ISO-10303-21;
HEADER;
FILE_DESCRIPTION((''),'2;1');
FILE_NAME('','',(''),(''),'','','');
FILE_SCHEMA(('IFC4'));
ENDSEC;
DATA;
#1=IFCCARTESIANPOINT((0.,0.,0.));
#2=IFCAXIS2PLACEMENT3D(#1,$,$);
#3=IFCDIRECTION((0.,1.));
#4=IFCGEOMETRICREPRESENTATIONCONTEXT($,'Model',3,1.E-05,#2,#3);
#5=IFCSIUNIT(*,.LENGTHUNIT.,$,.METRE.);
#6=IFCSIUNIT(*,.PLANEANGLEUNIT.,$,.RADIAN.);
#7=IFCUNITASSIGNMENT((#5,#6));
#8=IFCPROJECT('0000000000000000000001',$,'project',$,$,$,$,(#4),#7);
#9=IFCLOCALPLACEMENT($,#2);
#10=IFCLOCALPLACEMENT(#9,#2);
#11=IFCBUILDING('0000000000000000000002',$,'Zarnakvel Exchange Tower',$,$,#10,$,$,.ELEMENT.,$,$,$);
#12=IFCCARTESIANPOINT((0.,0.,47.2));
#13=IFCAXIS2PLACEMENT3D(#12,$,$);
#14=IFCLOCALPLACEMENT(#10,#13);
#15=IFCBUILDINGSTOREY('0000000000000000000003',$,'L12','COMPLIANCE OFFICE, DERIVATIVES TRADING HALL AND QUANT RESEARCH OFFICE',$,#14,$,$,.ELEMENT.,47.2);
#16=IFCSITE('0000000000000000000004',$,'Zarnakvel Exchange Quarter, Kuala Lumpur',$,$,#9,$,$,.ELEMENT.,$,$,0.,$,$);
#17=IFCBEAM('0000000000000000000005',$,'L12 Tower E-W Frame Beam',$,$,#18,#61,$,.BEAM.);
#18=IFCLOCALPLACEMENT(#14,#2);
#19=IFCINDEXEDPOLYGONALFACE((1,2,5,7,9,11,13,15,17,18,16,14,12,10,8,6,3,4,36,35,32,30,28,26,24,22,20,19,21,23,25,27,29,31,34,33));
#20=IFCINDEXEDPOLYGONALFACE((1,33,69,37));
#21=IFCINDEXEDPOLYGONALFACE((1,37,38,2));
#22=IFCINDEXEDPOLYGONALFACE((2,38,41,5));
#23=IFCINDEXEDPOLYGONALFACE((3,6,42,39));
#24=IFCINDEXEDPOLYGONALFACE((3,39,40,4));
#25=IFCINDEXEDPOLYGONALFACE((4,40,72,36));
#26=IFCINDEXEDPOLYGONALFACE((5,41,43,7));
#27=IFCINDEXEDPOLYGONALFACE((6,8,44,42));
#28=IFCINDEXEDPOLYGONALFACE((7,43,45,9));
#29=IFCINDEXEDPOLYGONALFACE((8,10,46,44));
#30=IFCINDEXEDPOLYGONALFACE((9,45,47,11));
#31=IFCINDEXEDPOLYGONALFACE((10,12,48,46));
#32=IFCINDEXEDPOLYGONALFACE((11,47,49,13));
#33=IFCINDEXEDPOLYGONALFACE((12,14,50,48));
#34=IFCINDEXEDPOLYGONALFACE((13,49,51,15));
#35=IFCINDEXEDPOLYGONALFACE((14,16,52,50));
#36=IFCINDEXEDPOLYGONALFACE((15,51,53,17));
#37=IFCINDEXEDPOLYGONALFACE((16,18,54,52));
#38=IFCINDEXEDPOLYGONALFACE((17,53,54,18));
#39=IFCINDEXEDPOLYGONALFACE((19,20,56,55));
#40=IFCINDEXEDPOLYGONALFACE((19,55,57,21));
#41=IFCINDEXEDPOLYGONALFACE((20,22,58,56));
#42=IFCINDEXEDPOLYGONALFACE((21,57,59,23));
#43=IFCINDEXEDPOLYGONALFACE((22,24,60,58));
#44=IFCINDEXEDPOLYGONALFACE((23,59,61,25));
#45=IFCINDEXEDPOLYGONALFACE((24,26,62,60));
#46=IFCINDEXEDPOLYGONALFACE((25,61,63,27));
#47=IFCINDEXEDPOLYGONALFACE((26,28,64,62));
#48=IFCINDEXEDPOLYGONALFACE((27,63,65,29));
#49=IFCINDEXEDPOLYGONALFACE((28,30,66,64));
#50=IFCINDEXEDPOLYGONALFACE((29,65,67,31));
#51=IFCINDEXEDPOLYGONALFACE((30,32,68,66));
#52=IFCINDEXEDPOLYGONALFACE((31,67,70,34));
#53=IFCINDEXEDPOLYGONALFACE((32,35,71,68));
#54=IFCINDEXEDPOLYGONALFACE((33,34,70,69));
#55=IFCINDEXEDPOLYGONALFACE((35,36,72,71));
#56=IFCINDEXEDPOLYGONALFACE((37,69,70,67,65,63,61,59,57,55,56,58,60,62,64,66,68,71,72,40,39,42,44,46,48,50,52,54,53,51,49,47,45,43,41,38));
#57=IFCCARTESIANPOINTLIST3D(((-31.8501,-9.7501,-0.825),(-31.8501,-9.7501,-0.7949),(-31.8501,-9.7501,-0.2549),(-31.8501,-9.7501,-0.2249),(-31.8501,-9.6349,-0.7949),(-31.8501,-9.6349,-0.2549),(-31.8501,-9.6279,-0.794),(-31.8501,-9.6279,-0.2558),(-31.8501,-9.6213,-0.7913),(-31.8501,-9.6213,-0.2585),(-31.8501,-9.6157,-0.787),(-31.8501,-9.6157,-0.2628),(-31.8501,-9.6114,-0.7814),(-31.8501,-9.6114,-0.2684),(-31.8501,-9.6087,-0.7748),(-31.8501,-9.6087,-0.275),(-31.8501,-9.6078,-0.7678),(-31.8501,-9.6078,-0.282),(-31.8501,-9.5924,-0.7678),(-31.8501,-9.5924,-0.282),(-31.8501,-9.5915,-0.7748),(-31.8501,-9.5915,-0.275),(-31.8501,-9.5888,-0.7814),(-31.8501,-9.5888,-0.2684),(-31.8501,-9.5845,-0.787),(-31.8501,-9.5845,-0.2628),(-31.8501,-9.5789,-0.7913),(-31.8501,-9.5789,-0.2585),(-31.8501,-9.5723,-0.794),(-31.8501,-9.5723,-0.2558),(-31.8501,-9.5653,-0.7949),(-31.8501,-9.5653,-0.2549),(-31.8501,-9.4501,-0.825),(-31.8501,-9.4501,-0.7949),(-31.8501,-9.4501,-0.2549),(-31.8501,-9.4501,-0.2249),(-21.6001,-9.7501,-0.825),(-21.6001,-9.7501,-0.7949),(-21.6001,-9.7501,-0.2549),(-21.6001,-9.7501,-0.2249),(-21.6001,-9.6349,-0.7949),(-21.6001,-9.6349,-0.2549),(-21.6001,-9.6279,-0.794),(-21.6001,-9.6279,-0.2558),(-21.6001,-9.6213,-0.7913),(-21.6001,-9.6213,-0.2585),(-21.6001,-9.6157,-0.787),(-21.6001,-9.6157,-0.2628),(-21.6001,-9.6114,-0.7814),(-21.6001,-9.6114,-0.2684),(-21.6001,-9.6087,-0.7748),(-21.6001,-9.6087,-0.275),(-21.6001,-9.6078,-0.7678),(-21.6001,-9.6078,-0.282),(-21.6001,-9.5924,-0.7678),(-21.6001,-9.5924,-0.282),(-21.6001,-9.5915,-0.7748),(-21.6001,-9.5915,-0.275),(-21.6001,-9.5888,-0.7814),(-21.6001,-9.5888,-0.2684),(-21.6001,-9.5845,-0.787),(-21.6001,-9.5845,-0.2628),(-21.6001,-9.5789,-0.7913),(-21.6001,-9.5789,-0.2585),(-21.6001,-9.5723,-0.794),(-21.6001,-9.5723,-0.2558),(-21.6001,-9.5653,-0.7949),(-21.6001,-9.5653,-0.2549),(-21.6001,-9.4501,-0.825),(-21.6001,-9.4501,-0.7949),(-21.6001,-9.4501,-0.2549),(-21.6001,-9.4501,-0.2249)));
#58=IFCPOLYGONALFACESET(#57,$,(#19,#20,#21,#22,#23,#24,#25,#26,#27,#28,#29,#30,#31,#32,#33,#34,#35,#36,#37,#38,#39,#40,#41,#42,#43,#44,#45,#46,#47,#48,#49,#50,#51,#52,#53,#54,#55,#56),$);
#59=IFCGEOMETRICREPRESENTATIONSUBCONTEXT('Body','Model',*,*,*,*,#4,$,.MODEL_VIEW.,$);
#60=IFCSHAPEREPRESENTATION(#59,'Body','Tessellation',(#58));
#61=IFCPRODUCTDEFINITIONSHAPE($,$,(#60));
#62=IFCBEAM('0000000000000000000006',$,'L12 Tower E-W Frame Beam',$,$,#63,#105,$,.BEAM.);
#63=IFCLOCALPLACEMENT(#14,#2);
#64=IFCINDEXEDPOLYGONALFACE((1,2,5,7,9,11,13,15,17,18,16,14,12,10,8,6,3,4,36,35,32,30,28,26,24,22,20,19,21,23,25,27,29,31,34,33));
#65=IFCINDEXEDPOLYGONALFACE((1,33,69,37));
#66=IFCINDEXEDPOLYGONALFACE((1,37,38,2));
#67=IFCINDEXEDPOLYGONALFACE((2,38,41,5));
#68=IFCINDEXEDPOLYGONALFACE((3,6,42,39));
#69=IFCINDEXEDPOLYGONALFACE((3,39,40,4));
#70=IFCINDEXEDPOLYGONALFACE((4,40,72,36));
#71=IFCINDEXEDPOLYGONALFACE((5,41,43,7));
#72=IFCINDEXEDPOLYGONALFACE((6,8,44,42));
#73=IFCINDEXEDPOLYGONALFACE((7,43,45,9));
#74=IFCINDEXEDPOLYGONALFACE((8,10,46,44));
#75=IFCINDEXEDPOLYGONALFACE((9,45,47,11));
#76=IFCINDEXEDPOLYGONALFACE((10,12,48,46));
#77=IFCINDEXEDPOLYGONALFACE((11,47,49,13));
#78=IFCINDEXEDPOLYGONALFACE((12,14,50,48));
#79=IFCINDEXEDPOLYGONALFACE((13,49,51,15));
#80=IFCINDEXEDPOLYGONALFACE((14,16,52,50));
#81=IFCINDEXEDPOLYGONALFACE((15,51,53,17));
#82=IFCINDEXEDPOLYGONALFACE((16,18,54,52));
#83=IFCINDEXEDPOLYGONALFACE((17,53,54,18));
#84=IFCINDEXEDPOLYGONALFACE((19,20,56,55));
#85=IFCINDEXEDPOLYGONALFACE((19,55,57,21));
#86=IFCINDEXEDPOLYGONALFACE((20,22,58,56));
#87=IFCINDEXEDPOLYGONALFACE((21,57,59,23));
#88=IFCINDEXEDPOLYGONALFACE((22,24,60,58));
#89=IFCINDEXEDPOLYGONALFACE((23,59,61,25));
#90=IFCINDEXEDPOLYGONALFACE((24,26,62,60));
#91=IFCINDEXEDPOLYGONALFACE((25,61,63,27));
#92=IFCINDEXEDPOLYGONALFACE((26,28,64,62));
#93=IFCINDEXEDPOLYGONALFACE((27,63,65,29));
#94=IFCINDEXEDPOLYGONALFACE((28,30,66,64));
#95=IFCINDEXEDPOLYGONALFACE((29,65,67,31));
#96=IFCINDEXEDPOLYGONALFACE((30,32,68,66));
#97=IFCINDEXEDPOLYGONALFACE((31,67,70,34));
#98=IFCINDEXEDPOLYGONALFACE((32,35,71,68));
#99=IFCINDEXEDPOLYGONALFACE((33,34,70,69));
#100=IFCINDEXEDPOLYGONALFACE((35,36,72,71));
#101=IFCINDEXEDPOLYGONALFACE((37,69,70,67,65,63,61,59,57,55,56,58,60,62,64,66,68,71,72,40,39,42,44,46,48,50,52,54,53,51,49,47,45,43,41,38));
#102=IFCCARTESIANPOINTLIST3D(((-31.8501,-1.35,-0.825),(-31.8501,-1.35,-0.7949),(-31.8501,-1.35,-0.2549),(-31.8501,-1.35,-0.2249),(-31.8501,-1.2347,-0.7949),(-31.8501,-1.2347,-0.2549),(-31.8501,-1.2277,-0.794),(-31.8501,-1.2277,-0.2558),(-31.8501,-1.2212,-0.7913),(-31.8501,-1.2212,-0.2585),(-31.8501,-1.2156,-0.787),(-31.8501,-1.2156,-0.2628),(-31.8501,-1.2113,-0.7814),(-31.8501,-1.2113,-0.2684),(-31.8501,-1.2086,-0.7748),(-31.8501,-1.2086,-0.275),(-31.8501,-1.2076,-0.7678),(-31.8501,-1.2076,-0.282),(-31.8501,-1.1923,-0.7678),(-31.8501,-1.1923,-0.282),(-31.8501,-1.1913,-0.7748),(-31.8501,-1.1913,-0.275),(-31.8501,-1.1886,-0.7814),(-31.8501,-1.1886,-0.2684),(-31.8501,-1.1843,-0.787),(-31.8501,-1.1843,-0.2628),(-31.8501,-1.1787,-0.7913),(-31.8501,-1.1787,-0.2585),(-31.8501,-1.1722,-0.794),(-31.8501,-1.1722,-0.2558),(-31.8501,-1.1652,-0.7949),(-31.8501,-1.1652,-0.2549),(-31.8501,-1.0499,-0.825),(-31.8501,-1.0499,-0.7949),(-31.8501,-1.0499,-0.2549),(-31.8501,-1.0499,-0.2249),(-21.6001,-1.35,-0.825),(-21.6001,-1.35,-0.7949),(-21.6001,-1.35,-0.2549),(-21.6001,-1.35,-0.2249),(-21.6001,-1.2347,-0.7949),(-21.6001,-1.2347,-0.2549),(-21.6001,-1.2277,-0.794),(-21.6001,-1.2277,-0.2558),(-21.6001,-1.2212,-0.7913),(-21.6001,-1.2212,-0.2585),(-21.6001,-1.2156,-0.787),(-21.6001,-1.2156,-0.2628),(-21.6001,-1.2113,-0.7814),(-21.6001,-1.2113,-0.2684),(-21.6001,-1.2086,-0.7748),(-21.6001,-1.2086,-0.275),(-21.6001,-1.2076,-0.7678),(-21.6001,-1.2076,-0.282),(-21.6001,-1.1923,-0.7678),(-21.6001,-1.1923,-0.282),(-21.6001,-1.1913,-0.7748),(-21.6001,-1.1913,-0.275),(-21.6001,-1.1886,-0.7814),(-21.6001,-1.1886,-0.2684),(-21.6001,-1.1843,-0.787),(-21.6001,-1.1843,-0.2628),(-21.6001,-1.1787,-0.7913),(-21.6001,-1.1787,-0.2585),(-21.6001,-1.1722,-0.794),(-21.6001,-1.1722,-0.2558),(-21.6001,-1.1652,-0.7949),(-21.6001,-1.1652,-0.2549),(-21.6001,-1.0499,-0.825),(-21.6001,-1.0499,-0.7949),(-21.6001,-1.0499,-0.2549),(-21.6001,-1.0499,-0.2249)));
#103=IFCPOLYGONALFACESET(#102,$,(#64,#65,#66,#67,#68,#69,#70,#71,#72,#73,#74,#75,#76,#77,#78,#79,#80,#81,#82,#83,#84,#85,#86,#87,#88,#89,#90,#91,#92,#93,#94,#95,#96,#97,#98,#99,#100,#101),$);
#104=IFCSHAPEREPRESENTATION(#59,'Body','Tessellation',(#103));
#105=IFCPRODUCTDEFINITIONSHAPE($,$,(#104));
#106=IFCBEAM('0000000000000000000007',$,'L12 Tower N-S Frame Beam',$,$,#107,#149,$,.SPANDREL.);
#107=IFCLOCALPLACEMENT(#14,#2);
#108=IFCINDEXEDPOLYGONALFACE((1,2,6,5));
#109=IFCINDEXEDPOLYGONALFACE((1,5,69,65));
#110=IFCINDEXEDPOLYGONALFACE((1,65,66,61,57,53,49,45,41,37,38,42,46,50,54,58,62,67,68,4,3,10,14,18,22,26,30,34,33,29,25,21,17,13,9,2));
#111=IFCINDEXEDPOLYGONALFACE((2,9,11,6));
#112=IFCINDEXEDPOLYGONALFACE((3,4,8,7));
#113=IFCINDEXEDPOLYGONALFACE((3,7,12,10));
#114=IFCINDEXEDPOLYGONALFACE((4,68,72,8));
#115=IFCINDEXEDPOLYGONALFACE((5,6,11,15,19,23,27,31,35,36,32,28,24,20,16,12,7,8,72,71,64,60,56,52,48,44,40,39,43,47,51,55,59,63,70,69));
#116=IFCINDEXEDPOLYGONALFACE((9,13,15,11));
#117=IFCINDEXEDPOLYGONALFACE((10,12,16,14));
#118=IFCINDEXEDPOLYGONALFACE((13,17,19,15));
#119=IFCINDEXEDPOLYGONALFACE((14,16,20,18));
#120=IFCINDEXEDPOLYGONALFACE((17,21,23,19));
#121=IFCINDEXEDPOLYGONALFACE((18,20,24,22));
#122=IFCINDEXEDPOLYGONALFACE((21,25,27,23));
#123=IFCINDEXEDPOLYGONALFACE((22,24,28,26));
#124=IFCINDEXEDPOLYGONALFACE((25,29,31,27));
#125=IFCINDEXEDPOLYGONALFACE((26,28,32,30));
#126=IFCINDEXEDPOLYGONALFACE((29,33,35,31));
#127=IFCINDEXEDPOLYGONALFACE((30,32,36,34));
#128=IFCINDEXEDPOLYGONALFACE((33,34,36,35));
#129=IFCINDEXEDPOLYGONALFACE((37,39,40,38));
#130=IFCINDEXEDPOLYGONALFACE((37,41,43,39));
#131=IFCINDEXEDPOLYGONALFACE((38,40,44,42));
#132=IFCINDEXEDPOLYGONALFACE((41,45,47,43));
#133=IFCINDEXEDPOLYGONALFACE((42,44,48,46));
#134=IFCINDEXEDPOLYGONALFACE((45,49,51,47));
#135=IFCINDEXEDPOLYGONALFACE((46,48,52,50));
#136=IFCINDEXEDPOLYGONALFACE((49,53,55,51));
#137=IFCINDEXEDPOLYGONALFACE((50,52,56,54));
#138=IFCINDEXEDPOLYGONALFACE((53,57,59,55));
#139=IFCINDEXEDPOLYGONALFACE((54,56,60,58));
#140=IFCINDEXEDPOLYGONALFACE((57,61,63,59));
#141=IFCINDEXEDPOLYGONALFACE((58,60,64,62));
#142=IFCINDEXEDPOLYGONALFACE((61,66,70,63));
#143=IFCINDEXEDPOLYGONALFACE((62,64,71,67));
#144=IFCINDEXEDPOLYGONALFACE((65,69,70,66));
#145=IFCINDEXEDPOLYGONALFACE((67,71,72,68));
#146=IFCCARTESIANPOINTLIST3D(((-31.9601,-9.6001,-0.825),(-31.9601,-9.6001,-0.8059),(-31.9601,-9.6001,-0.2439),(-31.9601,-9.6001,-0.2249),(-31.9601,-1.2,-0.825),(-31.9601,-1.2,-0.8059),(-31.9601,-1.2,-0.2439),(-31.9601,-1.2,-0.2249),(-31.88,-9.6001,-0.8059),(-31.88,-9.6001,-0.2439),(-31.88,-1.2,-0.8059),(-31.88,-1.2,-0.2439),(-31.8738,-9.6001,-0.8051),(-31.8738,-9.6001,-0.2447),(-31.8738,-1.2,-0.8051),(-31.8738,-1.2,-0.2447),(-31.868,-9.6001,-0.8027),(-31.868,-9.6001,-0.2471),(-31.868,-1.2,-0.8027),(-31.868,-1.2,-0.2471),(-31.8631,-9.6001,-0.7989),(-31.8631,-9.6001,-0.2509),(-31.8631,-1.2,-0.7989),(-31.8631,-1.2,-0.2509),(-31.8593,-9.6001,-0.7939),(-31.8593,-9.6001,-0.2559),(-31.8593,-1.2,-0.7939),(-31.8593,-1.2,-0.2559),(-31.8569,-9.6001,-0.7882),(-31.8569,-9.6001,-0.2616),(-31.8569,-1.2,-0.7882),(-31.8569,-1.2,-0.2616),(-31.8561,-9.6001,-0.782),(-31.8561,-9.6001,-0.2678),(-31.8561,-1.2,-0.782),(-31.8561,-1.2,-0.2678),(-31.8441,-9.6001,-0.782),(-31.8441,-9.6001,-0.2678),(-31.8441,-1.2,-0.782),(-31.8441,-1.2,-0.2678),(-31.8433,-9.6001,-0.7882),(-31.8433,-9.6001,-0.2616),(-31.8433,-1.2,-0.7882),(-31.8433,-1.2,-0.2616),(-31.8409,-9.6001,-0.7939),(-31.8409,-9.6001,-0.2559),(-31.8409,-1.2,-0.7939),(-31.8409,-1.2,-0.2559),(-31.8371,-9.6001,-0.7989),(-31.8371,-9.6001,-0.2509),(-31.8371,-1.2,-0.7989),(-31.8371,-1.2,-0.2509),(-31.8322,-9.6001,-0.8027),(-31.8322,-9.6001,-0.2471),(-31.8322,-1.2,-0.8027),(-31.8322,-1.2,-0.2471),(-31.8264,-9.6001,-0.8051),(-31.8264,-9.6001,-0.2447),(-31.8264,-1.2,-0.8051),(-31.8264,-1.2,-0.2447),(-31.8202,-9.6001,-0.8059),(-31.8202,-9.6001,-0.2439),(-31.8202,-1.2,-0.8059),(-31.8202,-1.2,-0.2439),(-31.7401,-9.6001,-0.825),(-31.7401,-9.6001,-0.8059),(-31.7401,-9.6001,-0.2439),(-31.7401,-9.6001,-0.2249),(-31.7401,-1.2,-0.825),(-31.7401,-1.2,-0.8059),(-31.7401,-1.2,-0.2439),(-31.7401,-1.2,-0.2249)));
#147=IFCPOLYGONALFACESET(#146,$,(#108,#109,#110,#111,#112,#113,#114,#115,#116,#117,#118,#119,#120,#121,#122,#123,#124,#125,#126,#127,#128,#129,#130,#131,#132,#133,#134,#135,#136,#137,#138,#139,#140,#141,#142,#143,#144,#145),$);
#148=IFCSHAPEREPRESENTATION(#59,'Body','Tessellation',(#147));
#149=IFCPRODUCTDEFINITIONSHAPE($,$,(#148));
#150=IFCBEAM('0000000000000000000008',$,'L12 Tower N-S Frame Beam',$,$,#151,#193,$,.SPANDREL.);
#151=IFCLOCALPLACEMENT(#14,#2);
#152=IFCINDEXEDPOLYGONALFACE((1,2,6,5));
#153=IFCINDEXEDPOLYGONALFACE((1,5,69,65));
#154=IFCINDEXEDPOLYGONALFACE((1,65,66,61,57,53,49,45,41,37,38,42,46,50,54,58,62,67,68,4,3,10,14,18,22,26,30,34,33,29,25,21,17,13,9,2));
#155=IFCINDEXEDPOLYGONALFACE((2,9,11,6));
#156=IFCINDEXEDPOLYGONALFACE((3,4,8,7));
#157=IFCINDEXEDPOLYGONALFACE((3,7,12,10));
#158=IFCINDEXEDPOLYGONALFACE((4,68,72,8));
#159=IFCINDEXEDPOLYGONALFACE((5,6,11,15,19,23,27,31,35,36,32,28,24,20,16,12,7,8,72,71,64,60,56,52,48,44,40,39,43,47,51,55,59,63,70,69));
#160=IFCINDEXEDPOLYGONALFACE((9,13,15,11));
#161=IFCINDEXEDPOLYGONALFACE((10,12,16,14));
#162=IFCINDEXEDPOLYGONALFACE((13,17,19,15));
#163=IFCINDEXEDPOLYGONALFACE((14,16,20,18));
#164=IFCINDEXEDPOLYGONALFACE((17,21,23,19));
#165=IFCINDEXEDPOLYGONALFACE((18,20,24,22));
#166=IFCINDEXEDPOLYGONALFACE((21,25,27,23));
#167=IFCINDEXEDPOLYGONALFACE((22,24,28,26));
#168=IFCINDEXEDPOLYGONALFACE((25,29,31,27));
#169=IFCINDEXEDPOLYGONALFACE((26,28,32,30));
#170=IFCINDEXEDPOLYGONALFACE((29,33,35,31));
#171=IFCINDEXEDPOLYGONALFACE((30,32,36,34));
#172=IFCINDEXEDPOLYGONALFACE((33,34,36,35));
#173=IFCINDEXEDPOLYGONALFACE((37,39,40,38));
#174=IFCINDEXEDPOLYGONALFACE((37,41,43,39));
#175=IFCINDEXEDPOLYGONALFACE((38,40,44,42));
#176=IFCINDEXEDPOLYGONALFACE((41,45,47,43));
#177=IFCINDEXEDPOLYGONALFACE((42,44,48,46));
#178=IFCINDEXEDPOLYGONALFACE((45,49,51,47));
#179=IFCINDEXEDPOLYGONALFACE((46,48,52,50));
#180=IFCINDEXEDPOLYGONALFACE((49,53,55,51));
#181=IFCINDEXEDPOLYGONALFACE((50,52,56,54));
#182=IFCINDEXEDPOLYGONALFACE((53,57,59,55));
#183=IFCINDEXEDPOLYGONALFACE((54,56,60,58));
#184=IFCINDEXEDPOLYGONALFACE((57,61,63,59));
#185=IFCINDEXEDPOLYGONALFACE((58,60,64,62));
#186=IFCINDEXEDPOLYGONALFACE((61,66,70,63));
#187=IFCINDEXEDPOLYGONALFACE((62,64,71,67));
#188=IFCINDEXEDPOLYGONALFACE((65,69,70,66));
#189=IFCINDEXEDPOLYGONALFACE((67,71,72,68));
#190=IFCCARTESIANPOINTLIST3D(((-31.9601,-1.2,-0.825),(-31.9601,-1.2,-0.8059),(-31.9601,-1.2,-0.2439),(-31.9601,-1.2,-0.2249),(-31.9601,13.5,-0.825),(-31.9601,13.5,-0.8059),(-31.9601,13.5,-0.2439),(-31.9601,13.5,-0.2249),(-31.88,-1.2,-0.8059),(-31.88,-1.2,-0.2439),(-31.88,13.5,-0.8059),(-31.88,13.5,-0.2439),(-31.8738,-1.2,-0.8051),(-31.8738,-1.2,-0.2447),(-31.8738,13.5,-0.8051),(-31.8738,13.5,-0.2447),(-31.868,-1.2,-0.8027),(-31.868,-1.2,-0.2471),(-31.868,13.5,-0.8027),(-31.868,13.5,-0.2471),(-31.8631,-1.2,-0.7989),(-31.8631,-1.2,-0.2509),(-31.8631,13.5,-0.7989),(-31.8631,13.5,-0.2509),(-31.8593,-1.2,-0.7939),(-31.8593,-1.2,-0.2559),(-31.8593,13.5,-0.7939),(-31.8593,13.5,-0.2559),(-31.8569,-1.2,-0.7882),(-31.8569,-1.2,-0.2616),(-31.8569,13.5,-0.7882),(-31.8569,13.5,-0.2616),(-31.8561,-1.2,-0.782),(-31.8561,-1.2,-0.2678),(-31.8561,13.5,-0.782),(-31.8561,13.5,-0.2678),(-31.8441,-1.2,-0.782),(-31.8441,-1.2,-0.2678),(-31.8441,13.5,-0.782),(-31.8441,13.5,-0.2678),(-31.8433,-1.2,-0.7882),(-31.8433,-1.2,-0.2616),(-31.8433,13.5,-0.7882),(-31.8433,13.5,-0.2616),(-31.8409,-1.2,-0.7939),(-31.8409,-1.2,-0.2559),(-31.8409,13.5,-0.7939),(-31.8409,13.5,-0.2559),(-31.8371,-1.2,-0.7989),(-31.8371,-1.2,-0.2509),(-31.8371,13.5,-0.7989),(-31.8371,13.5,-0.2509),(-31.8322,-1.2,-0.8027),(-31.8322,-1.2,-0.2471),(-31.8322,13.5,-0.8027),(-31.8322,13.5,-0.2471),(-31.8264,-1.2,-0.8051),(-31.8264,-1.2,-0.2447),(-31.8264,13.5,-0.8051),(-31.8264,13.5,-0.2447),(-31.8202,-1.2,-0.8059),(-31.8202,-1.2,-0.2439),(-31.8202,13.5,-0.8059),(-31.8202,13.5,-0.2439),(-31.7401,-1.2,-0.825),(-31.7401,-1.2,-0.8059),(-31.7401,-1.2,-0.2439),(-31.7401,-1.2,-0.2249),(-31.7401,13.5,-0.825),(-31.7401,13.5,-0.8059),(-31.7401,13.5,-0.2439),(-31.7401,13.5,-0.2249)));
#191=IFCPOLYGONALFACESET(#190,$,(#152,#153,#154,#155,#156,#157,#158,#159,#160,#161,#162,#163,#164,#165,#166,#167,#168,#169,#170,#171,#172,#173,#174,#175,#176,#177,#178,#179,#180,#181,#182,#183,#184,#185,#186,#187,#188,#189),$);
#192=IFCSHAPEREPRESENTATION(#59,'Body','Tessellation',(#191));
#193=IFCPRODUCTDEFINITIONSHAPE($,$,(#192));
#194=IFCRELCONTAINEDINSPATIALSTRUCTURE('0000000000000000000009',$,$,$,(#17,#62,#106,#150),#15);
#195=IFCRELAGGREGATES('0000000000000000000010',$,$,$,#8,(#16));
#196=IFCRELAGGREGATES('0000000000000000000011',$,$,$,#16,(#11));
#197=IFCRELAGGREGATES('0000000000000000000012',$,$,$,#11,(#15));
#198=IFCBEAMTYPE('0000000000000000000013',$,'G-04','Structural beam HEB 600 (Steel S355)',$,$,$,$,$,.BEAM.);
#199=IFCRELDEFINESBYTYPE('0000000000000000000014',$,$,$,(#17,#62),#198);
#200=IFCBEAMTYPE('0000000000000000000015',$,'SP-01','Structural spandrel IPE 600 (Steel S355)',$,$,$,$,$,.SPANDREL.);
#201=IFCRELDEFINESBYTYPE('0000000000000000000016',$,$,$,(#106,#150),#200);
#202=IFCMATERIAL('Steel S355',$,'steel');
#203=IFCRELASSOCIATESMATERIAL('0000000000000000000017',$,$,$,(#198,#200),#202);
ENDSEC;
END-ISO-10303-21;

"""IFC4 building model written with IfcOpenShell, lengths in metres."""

from ifc_helpers import new_model, si_unit, direction, frame, origin, origin_2d, place, context, subcontext, project, spatial, i_section, extrude, material, material_profile, profile_set, type_object, element, save


model = new_model("IFC4")

# Units and contexts
model_context = context("Model", 3, precision=1e-05, world=origin(), true_north=direction((0.0, 1.0)))
body_context = subcontext(model_context, "Body", "Model", "MODEL_VIEW")
ifc_project = project(units=[si_unit("LENGTHUNIT", "METRE"), si_unit("PLANEANGLEUNIT", "RADIAN")], contexts=[model_context])

# Site, building, storey
site_placement = place(None, origin())
site = spatial("IfcSite", under=ifc_project, at=site_placement, Name="Zarnakvel Exchange Quarter, Kuala Lumpur", CompositionType="ELEMENT", RefElevation=0.0)
building_placement = place(site_placement, origin())
building = spatial("IfcBuilding", under=site, at=building_placement, Name="Zarnakvel Exchange Tower", CompositionType="ELEMENT")
storey_placement = place(building_placement, frame((0.0, 0.0, 47.2)))
storey = spatial("IfcBuildingStorey", under=building, at=storey_placement, Name="L12", Description="COMPLIANCE OFFICE, DERIVATIVES TRADING HALL AND QUANT RESEARCH OFFICE", CompositionType="ELEMENT", Elevation=47.2)

# Shared definitions
ifc_material_1 = material(Name="Steel S355", Category="steel")

# Beams
ifc_material_profile_1 = material_profile(ifc_material_1, i_section(OverallWidth=0.3, OverallDepth=0.6001, WebThickness=0.0154, FlangeThickness=0.03, FilletRadius=0.0271, at=origin_2d()))
ifc_profile_set_1 = profile_set([ifc_material_profile_1], Name="Steel S355")
beam_type_1 = type_object("IfcBeamType", Name="G-04", Description="Structural beam HEB 600 (Steel S355)", PredefinedType="BEAM", material=ifc_profile_set_1)
for number, where, z_axis, x_axis, name in (
    (1, (-31.8501, -9.6001, -0.5249), (1.0, 0.0, 0.0), (0.0, 1.0, 0.0), "L12 Tower E-W Frame Beam"),
    (2, (-31.8501, -1.2, -0.5249), (1.0, 0.0, 0.0), (0.0, 1.0, 0.0), "L12 Tower E-W Frame Beam"),
):
    element("IfcBeam", number, at=place(storey_placement, frame(where, z_axis=z_axis, x_axis=x_axis)), inside=storey, type_object=beam_type_1, Name=name, PredefinedType="BEAM", context=body_context, shape_type="SweptSolid", body=[
        extrude(i_section(OverallWidth=0.3, OverallDepth=0.6001, WebThickness=0.0154, FlangeThickness=0.03, FilletRadius=0.0271, at=origin_2d()), origin(), (0.0, 0.0, 1.0), 10.25),
    ])
ifc_material_profile_2 = material_profile(ifc_material_1, i_section(OverallWidth=0.22, OverallDepth=0.6001, WebThickness=0.012, FlangeThickness=0.019, FilletRadius=0.0239, at=origin_2d()))
ifc_profile_set_2 = profile_set([ifc_material_profile_2], Name="Steel S355")
beam_type_2 = type_object("IfcBeamType", Name="SP-01", Description="Structural spandrel IPE 600 (Steel S355)", PredefinedType="SPANDREL", material=ifc_profile_set_2)
beam_1_placement = place(storey_placement, frame((-31.8501, -9.6001, -0.5249), z_axis=(0.0, 1.0, 0.0), x_axis=(-1.0, 0.0, 0.0)))
element("IfcBeam", 3, at=beam_1_placement, inside=storey, type_object=beam_type_2, Name="L12 Tower N-S Frame Beam", PredefinedType="SPANDREL", context=body_context, shape_type="SweptSolid", body=[
    extrude(i_section(OverallWidth=0.22, OverallDepth=0.6001, WebThickness=0.012, FlangeThickness=0.019, FilletRadius=0.0239, at=origin_2d()), origin(), (0.0, 0.0, 1.0), 8.4001),
])
beam_2_placement = place(storey_placement, frame((-31.8501, -1.2, -0.5249), z_axis=(0.0, 1.0, 0.0), x_axis=(-1.0, 0.0, 0.0)))
element("IfcBeam", 4, at=beam_2_placement, inside=storey, type_object=beam_type_2, Name="L12 Tower N-S Frame Beam", PredefinedType="SPANDREL", context=body_context, shape_type="SweptSolid", body=[
    extrude(i_section(OverallWidth=0.22, OverallDepth=0.6001, WebThickness=0.012, FlangeThickness=0.019, FilletRadius=0.0239, at=origin_2d()), origin(), (0.0, 0.0, 1.0), 14.7),
])

save(model, "model.ifc")
